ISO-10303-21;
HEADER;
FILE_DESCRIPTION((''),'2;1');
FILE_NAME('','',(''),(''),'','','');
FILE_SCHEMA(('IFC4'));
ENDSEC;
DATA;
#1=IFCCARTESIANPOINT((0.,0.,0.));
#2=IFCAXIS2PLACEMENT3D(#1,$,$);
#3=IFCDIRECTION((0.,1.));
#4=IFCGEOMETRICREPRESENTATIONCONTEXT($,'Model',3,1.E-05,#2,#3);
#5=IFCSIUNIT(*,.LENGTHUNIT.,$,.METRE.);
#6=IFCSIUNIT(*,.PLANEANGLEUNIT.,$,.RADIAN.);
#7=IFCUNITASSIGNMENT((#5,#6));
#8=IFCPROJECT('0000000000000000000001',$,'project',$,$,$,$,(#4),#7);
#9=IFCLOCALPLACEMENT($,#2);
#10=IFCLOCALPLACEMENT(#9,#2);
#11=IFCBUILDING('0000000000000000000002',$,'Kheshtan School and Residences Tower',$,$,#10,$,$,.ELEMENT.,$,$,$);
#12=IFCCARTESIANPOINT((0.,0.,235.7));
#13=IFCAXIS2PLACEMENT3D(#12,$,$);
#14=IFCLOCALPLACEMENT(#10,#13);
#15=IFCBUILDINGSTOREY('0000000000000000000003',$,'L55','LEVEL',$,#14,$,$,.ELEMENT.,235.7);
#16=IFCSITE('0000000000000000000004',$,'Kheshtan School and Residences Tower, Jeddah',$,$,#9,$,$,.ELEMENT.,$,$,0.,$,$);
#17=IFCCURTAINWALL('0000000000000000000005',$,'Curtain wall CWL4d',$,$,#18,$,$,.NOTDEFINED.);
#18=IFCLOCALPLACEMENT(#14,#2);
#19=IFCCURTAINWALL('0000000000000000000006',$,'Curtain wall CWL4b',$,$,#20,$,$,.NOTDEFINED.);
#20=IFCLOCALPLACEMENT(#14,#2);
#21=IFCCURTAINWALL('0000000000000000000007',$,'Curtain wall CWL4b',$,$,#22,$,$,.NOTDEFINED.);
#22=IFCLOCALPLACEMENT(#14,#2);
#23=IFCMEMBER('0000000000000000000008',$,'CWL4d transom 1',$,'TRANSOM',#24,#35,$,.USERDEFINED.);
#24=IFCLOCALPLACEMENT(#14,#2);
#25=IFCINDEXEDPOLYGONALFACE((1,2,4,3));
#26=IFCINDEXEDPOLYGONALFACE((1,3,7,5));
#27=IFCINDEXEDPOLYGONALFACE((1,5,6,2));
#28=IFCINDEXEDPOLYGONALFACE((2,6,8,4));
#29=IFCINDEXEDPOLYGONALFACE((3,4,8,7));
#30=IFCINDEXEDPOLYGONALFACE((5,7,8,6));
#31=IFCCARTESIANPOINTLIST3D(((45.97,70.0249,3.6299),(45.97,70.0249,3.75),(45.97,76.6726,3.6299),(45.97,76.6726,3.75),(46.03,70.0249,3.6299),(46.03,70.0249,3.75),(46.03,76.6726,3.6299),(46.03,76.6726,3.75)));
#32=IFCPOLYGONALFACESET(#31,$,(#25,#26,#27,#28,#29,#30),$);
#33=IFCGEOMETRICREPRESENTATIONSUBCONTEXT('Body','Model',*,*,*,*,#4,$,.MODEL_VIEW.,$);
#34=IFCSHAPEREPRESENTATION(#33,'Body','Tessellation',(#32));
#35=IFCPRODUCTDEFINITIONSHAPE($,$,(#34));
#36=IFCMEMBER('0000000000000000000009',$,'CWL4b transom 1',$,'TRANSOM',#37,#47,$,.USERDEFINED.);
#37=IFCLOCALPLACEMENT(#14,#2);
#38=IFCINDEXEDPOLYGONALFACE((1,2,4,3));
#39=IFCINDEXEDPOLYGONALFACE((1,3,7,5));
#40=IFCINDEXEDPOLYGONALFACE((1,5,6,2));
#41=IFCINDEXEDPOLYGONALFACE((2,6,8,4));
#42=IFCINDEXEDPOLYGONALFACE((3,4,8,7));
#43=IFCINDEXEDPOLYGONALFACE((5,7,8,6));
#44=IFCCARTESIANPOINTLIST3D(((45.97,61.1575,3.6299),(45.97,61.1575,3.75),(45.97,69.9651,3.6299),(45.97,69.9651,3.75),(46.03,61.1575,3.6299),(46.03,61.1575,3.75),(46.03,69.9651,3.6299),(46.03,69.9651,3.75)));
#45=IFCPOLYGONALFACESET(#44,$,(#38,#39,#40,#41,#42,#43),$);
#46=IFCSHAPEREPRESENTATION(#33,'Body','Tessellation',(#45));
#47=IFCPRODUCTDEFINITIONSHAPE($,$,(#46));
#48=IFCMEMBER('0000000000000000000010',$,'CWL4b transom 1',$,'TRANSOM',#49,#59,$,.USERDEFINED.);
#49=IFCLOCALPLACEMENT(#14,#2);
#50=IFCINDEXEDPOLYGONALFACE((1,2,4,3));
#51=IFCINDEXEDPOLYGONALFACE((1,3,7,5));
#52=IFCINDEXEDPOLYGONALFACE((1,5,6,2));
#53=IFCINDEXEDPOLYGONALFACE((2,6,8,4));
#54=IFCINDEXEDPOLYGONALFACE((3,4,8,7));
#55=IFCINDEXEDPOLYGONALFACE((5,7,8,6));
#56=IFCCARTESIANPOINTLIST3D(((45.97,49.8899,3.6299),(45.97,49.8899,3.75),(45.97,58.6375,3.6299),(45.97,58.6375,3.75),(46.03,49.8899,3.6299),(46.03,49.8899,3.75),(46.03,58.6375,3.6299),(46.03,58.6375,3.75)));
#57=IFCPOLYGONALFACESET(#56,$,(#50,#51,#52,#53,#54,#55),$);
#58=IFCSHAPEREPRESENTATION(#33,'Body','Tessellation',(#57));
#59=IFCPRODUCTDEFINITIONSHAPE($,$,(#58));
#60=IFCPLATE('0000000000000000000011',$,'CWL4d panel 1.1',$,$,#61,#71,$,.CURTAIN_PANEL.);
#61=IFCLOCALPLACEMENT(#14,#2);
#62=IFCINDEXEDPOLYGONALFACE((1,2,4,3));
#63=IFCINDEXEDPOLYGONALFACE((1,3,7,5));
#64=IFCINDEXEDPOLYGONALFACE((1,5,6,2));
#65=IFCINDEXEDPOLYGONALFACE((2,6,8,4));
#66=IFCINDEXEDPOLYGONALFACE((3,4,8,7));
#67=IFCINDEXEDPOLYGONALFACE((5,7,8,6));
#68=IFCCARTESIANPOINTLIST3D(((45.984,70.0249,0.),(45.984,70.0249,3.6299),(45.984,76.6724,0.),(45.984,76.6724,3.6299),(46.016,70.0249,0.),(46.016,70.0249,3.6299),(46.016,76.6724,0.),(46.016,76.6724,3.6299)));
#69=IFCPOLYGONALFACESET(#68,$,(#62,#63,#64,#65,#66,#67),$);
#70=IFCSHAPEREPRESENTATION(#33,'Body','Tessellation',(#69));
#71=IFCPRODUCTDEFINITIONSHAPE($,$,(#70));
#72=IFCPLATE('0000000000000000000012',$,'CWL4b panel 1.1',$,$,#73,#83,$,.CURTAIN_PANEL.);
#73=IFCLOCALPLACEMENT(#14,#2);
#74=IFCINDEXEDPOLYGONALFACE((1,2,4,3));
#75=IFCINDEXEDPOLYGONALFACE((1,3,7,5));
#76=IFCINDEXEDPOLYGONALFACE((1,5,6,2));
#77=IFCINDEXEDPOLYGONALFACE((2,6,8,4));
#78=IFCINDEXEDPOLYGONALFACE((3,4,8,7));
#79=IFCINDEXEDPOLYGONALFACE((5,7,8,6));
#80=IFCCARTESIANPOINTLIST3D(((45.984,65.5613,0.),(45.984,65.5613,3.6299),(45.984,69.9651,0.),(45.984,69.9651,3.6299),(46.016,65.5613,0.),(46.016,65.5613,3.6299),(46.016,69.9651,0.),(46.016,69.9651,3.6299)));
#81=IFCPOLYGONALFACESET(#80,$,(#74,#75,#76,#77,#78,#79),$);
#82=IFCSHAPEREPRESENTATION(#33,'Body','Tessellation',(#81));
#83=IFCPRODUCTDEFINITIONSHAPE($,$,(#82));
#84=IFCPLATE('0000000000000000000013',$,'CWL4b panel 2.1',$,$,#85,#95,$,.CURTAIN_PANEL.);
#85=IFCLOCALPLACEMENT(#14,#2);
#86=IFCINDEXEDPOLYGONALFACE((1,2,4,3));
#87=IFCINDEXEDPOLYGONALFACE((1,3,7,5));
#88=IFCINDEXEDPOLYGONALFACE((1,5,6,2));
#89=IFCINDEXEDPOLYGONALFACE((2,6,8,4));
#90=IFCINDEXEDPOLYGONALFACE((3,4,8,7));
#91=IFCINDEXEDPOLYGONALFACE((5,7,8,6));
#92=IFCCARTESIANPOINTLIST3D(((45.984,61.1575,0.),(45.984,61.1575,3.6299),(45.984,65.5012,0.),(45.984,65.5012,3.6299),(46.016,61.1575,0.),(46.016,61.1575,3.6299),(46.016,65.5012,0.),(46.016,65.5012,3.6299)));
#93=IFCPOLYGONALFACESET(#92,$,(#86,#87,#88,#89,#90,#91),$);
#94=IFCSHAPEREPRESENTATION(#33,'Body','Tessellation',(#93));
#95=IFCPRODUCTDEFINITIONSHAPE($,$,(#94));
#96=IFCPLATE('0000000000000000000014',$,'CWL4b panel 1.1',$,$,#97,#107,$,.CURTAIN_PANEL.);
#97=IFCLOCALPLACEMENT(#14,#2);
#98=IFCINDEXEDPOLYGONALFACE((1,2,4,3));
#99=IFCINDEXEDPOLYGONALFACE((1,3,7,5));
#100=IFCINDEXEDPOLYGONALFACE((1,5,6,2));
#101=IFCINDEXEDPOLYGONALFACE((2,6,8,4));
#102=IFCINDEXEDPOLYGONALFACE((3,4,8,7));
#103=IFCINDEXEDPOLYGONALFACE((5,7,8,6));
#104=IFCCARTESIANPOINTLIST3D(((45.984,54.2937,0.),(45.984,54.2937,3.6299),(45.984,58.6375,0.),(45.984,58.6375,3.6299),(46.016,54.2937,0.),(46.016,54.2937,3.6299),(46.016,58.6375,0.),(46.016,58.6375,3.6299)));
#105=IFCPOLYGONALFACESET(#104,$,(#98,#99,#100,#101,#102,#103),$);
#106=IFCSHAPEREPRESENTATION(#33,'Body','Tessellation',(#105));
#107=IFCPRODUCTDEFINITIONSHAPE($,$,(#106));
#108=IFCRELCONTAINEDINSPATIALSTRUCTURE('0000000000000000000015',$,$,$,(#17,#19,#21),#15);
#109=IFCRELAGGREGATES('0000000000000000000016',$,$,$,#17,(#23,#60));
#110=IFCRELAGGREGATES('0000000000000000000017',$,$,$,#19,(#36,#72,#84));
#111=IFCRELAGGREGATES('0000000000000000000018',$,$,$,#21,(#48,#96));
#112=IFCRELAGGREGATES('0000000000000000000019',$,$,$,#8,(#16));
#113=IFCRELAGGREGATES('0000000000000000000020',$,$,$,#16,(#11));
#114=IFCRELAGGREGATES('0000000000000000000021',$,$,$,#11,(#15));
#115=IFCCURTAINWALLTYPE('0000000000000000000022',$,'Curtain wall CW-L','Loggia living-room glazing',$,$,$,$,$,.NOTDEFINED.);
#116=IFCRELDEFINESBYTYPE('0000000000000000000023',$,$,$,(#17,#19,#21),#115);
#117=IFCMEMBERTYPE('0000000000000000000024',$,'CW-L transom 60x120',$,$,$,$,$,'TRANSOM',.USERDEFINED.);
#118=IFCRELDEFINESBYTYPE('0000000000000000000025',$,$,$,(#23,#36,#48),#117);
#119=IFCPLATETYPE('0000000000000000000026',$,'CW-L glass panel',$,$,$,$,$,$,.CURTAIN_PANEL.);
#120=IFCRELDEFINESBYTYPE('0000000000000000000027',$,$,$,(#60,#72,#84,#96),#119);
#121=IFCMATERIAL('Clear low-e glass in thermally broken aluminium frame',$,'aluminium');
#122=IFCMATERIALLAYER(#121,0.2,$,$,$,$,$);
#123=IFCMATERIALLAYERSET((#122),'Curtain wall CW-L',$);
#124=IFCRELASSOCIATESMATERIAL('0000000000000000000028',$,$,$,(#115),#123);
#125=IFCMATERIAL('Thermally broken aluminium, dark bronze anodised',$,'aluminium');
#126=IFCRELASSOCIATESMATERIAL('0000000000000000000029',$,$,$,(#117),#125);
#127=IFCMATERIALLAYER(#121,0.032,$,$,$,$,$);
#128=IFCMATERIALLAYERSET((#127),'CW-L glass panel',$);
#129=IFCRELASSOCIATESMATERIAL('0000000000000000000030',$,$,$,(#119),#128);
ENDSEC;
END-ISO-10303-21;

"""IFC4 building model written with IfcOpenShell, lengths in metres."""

from ifc_helpers import new_model, si_unit, direction, frame, origin, origin_2d, place, context, subcontext, project, spatial, rectangle, extrude, material, layer, layer_set, material_profile, profile_set, type_object, element, aggregate, save


model = new_model("IFC4")

# Units and contexts
model_context = context("Model", 3, precision=1e-05, world=origin(), true_north=direction((0.0, 1.0)))
body_context = subcontext(model_context, "Body", "Model", "MODEL_VIEW")
ifc_project = project(units=[si_unit("LENGTHUNIT", "METRE"), si_unit("PLANEANGLEUNIT", "RADIAN")], contexts=[model_context])

# Site, building, storey
site_placement = place(None, origin())
site = spatial("IfcSite", under=ifc_project, at=site_placement, Name="Kheshtan School and Residences Tower, Jeddah", CompositionType="ELEMENT", RefElevation=0.0)
building_placement = place(site_placement, origin())
building = spatial("IfcBuilding", under=site, at=building_placement, Name="Kheshtan School and Residences Tower", CompositionType="ELEMENT")
storey_placement = place(building_placement, frame((0.0, 0.0, 235.7)))
storey = spatial("IfcBuildingStorey", under=building, at=storey_placement, Name="L55", Description="LEVEL", CompositionType="ELEMENT", Elevation=235.7)

# Curtain wall
ifc_material_1 = material(Name="Clear low-e glass in thermally broken aluminium frame", Category="aluminium")
ifc_layer_1 = layer(ifc_material_1, 0.2)
ifc_layer_set_1 = layer_set([ifc_layer_1], Name="Curtain wall CW-L")
curtain_wall_type = type_object("IfcCurtainWallType", Name="Curtain wall CW-L", Description="Loggia living-room glazing", PredefinedType="NOTDEFINED", material=ifc_layer_set_1)
curtain_wall_1_placement = place(storey_placement, origin())
curtain_wall_1 = element("IfcCurtainWall", 1, at=curtain_wall_1_placement, inside=storey, type_object=curtain_wall_type, Name="Curtain wall CWL4d", PredefinedType="NOTDEFINED")
ifc_material_2 = material(Name="Thermally broken aluminium, dark bronze anodised", Category="aluminium")

# Curtain wall
curtain_wall_2_placement = place(storey_placement, origin())
curtain_wall_2 = element("IfcCurtainWall", 2, at=curtain_wall_2_placement, inside=storey, type_object=curtain_wall_type, Name="Curtain wall CWL4b", PredefinedType="NOTDEFINED")

# Curtain wall
curtain_wall_3_placement = place(storey_placement, origin())
curtain_wall_3 = element("IfcCurtainWall", 3, at=curtain_wall_3_placement, inside=storey, type_object=curtain_wall_type, Name="Curtain wall CWL4b", PredefinedType="NOTDEFINED")

# Members
ifc_material_profile_1 = material_profile(ifc_material_2, rectangle(XDim=0.0601, YDim=0.1201, at=origin_2d()), Name="CW-L transom 60x120")
ifc_profile_set_1 = profile_set([ifc_material_profile_1], Name="Thermally broken aluminium, dark bronze anodised")
member_type_1 = type_object("IfcMemberType", Name="CW-L transom 60x120", ElementType="TRANSOM", PredefinedType="USERDEFINED", material=ifc_profile_set_1)
member_1_placement = place(storey_placement, frame((46.0, 76.6726, 3.6899), z_axis=(0.0, -1.0, 0.0), x_axis=(1.0, 0.0, 0.0)))
member_1 = element("IfcMember", 4, at=member_1_placement, type_object=member_type_1, Name="CWL4d transom 1", ObjectType="TRANSOM", PredefinedType="USERDEFINED", context=body_context, shape_type="SweptSolid", body=[
    extrude(rectangle(XDim=0.0601, YDim=0.1201, at=origin_2d()), origin(), (0.0, 0.0, 1.0), 6.6477),
])
member_2_placement = place(storey_placement, frame((46.0, 69.9651, 3.6899), z_axis=(0.0, -1.0, 0.0), x_axis=(1.0, 0.0, 0.0)))
member_2 = element("IfcMember", 5, at=member_2_placement, type_object=member_type_1, Name="CWL4b transom 1", ObjectType="TRANSOM", PredefinedType="USERDEFINED", context=body_context, shape_type="SweptSolid", body=[
    extrude(rectangle(XDim=0.0601, YDim=0.1201, at=origin_2d()), origin(), (0.0, 0.0, 1.0), 8.8076),
])
member_3_placement = place(storey_placement, frame((46.0, 58.6375, 3.6899), z_axis=(0.0, -1.0, 0.0), x_axis=(1.0, 0.0, 0.0)))
member_3 = element("IfcMember", 6, at=member_3_placement, type_object=member_type_1, Name="CWL4b transom 1", ObjectType="TRANSOM", PredefinedType="USERDEFINED", context=body_context, shape_type="SweptSolid", body=[
    extrude(rectangle(XDim=0.0601, YDim=0.1201, at=origin_2d()), origin(), (0.0, 0.0, 1.0), 8.7476),
])

# Plates
ifc_layer_2 = layer(ifc_material_1, 0.032)
ifc_layer_set_2 = layer_set([ifc_layer_2], Name="CW-L glass panel")
plate_type = type_object("IfcPlateType", Name="CW-L glass panel", PredefinedType="CURTAIN_PANEL", material=ifc_layer_set_2)
plate_1_placement = place(storey_placement, frame((46.0, 73.3486, 0.0), z_axis=(0.0, 0.0, 1.0), x_axis=(0.0, -1.0, 0.0)))
plate_1 = element("IfcPlate", 7, at=plate_1_placement, type_object=plate_type, Name="CWL4d panel 1.1", PredefinedType="CURTAIN_PANEL", context=body_context, shape_type="SweptSolid", body=[
    extrude(rectangle(XDim=6.6475, YDim=0.032, at=origin_2d()), origin(), (0.0, 0.0, 1.0), 3.6299),
])
aggregate(curtain_wall_1, [member_1, plate_1])
plate_2_placement = place(storey_placement, frame((46.0, 67.7632, 0.0), z_axis=(0.0, 0.0, 1.0), x_axis=(0.0, -1.0, 0.0)))
plate_2 = element("IfcPlate", 8, at=plate_2_placement, type_object=plate_type, Name="CWL4b panel 1.1", PredefinedType="CURTAIN_PANEL", context=body_context, shape_type="SweptSolid", body=[
    extrude(rectangle(XDim=4.4038, YDim=0.032, at=origin_2d()), origin(), (0.0, 0.0, 1.0), 3.6299),
])
plate_3_placement = place(storey_placement, frame((46.0, 63.3293, 0.0), z_axis=(0.0, 0.0, 1.0), x_axis=(0.0, -1.0, 0.0)))
plate_3 = element("IfcPlate", 9, at=plate_3_placement, type_object=plate_type, Name="CWL4b panel 2.1", PredefinedType="CURTAIN_PANEL", context=body_context, shape_type="SweptSolid", body=[
    extrude(rectangle(XDim=4.3438, YDim=0.032, at=origin_2d()), origin(), (0.0, 0.0, 1.0), 3.6299),
])
aggregate(curtain_wall_2, [member_2, plate_2, plate_3])
plate_4_placement = place(storey_placement, frame((46.0, 56.4656, 0.0), z_axis=(0.0, 0.0, 1.0), x_axis=(0.0, -1.0, 0.0)))
plate_4 = element("IfcPlate", 10, at=plate_4_placement, type_object=plate_type, Name="CWL4b panel 1.1", PredefinedType="CURTAIN_PANEL", context=body_context, shape_type="SweptSolid", body=[
    extrude(rectangle(XDim=4.3438, YDim=0.032, at=origin_2d()), origin(), (0.0, 0.0, 1.0), 3.6299),
])
aggregate(curtain_wall_3, [member_3, plate_4])

save(model, "model.ifc")
